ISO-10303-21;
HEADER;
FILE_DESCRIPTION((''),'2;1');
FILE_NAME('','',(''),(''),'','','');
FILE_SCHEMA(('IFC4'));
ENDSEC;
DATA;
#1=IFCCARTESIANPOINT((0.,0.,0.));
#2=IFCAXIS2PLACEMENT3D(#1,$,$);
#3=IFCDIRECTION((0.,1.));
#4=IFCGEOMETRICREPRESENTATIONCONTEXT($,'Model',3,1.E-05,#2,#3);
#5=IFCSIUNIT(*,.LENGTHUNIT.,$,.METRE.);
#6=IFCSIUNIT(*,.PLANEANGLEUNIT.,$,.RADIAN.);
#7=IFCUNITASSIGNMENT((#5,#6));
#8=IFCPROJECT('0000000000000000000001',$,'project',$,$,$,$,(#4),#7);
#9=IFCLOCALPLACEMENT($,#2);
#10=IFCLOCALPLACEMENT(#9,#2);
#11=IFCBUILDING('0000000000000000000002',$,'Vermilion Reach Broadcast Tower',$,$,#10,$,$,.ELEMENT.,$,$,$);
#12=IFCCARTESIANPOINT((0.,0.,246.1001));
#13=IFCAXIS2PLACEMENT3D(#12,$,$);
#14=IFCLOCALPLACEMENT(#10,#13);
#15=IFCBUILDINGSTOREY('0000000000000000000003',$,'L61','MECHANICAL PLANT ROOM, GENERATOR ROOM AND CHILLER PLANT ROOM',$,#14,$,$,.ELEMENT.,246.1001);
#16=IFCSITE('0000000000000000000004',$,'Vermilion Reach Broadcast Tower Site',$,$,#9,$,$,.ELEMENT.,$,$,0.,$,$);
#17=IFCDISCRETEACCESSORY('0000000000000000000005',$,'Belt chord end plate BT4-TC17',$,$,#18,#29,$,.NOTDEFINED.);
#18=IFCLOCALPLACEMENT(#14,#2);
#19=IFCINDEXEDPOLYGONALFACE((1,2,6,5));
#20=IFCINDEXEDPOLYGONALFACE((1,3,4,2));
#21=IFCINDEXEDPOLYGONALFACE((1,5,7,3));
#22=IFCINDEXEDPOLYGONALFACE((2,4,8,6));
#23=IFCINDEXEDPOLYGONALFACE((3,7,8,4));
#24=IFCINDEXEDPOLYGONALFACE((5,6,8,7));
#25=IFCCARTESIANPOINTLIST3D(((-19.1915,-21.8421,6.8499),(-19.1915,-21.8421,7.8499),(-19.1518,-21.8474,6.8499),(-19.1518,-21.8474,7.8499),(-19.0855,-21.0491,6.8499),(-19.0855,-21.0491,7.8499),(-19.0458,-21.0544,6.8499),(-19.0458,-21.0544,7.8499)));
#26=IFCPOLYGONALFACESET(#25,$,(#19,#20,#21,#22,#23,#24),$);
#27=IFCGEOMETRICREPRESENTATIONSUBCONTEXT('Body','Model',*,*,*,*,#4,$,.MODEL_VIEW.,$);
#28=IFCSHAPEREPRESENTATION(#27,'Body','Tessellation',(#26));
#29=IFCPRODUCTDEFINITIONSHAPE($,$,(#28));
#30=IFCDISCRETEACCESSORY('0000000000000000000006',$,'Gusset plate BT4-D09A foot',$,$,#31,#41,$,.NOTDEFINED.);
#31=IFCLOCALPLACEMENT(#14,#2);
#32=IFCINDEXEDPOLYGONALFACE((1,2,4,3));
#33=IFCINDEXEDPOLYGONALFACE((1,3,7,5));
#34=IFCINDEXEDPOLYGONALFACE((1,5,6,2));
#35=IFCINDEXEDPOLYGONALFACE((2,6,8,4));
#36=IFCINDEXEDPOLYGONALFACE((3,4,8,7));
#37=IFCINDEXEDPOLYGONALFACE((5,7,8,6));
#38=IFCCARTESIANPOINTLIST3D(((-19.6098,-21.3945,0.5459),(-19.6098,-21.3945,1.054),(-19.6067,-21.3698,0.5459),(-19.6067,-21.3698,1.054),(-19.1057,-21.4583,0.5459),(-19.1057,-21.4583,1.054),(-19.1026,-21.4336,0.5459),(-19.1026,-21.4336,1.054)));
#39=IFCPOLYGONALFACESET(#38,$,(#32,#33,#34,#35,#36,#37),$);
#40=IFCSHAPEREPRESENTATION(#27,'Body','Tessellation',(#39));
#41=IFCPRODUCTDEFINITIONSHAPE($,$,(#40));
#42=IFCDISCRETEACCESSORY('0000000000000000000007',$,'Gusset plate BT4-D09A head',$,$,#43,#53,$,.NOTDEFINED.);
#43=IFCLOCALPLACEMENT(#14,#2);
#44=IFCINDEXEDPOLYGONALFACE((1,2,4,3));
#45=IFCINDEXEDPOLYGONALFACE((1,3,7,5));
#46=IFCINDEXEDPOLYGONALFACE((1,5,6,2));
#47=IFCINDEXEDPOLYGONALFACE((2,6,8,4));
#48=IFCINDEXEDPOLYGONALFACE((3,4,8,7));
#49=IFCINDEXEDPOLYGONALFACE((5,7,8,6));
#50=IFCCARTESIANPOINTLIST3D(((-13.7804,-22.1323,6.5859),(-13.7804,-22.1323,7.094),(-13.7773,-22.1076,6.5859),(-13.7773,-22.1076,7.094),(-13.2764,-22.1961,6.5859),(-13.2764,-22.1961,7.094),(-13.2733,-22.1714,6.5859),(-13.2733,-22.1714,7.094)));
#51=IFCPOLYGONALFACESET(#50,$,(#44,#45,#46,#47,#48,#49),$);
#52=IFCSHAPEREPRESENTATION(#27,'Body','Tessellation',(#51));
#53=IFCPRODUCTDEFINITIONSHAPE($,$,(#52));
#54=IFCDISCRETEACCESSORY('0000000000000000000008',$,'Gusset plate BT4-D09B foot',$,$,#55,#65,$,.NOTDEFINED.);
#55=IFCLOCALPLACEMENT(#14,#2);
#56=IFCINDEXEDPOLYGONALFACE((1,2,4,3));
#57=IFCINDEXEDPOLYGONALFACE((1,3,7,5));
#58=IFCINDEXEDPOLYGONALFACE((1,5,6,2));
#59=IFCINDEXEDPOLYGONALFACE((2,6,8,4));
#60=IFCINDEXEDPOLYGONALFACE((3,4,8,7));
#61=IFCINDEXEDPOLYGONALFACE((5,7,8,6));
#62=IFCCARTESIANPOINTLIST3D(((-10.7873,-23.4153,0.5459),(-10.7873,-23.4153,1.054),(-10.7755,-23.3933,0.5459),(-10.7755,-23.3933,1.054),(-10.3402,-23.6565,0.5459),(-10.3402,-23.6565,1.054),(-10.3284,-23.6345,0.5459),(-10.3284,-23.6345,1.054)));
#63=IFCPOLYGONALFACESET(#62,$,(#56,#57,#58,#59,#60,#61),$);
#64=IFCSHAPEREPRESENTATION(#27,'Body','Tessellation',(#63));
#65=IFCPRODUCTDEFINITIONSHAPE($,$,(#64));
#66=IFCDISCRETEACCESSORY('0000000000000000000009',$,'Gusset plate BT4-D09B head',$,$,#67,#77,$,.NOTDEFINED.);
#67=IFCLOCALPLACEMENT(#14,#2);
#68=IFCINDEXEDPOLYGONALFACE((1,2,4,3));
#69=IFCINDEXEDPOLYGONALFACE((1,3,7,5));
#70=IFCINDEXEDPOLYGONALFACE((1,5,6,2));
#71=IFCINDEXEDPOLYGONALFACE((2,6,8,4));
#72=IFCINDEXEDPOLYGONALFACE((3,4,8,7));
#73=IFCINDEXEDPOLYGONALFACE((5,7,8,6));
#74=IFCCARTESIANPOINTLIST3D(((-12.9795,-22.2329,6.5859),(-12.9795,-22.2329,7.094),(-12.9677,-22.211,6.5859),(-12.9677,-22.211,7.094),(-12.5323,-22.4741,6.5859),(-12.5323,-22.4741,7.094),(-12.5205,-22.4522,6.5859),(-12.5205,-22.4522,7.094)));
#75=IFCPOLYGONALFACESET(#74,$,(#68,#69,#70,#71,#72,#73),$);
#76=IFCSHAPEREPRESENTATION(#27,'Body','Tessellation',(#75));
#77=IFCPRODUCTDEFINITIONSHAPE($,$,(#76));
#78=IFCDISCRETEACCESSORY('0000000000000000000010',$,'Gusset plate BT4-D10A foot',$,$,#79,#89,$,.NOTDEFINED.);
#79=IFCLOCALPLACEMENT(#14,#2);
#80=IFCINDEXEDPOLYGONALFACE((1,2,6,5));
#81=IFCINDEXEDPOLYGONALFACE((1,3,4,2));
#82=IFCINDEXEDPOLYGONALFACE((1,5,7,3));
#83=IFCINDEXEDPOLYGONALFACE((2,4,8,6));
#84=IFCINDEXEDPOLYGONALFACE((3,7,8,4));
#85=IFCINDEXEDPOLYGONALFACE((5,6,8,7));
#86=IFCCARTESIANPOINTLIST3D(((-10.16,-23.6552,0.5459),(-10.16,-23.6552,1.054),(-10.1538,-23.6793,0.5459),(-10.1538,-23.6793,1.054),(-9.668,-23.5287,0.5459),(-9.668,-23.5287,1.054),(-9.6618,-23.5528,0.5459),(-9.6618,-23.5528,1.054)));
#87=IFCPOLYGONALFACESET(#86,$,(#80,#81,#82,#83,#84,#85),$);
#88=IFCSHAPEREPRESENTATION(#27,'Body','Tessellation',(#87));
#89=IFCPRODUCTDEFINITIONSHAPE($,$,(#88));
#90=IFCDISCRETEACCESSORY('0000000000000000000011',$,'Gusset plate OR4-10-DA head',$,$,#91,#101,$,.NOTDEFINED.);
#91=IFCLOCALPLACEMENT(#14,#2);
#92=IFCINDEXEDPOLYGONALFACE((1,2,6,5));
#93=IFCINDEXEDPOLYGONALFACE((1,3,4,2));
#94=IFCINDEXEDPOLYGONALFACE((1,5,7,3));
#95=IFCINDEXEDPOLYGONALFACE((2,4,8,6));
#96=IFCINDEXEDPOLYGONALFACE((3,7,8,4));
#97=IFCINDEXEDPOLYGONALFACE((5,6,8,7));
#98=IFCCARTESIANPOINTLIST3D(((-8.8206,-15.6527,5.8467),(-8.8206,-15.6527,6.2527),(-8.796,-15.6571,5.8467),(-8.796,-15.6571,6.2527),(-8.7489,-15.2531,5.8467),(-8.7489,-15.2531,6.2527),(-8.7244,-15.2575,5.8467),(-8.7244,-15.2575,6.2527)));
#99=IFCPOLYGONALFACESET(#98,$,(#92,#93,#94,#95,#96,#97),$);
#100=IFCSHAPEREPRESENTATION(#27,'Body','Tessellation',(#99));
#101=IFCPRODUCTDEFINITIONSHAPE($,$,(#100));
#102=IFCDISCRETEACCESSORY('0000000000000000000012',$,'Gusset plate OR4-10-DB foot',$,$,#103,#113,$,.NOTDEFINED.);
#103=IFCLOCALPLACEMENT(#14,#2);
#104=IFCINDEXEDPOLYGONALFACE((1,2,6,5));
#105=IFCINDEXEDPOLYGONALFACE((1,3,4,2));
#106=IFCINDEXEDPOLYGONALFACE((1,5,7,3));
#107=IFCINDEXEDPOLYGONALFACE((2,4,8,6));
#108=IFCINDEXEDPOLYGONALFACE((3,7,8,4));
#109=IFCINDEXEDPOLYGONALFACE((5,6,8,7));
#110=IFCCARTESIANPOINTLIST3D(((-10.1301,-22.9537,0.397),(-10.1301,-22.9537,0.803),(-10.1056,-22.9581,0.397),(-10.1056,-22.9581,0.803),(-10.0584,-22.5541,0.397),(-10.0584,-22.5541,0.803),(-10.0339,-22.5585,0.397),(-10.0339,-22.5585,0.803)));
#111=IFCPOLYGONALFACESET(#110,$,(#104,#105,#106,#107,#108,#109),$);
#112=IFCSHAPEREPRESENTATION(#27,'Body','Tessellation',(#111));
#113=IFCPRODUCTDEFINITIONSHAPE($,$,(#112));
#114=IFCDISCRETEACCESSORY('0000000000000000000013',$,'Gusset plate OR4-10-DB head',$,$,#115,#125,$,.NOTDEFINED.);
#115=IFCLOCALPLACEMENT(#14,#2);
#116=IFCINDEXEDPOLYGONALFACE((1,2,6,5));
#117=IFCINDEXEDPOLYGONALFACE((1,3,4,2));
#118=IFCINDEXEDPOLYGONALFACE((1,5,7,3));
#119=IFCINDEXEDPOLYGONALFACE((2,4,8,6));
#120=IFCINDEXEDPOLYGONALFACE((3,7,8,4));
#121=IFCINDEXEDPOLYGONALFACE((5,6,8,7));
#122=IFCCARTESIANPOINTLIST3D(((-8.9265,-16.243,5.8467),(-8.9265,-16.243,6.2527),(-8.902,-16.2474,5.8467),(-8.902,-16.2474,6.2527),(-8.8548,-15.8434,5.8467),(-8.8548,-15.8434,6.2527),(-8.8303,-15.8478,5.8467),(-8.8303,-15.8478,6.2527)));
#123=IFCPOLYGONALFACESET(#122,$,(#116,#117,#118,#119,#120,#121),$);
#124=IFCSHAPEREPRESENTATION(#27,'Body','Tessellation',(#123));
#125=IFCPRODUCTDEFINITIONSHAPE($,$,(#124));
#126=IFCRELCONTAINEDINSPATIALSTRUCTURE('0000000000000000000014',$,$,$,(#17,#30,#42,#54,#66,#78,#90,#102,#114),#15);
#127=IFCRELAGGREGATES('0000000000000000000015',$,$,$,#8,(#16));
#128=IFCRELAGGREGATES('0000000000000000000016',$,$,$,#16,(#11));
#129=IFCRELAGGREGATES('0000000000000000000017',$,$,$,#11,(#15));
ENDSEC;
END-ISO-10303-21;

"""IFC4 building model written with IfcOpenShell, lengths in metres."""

from ifc_helpers import new_model, si_unit, direction, frame, origin, origin_2d, place, context, subcontext, project, spatial, rectangle, extrude, element, save


model = new_model("IFC4")

# Units and contexts
model_context = context("Model", 3, precision=1e-05, world=origin(), true_north=direction((0.0, 1.0)))
body_context = subcontext(model_context, "Body", "Model", "MODEL_VIEW")
ifc_project = project(units=[si_unit("LENGTHUNIT", "METRE"), si_unit("PLANEANGLEUNIT", "RADIAN")], contexts=[model_context])

# Site, building, storey
site_placement = place(None, origin())
site = spatial("IfcSite", under=ifc_project, at=site_placement, Name="Vermilion Reach Broadcast Tower Site", CompositionType="ELEMENT", RefElevation=0.0)
building_placement = place(site_placement, origin())
building = spatial("IfcBuilding", under=site, at=building_placement, Name="Vermilion Reach Broadcast Tower", CompositionType="ELEMENT")
storey_placement = place(building_placement, frame((0.0, 0.0, 246.1001)))
storey = spatial("IfcBuildingStorey", under=building, at=storey_placement, Name="L61", Description="MECHANICAL PLANT ROOM, GENERATOR ROOM AND CHILLER PLANT ROOM", CompositionType="ELEMENT", Elevation=246.1001)

# Discrete accessories
discrete_accessory_placement = place(storey_placement, frame((-19.1187, -21.4482, 6.8499), z_axis=(0.0, 0.0, 1.0), x_axis=(-0.991193, 0.132428, 0.0)))
element("IfcDiscreteAccessory", 1, at=discrete_accessory_placement, inside=storey, Name="Belt chord end plate BT4-TC17", PredefinedType="NOTDEFINED", context=body_context, shape_type="SweptSolid", body=[
    extrude(rectangle(XDim=0.04, YDim=0.8, at=origin_2d()), origin(), (0.0, 0.0, 1.0), 1.0),
])
for number, where, z_axis, x_axis, name in (
    (2, (-19.3562, -21.4141, 0.5459), (0.0, 0.0, 1.0), (0.125564, 0.992086, 0.0), "Gusset plate BT4-D09A foot"),
    (3, (-13.5269, -22.1519, 6.5859), (0.0, 0.0, 1.0), (0.125564, 0.992086, 0.0), "Gusset plate BT4-D09A head"),
    (4, (-10.5579, -23.5249, 0.5459), (0.0, 0.0, 1.0), (-0.474735, -0.880129, 0.0), "Gusset plate BT4-D09B foot"),
    (5, (-12.75, -22.3425, 6.5859), (0.0, 0.0, 1.0), (-0.474735, -0.880129, 0.0), "Gusset plate BT4-D09B head"),
    (6, (-9.9109, -23.604, 0.5459), (0.0, 0.0, 1.0), (-0.248884, 0.968533, 0.0), "Gusset plate BT4-D10A foot"),
):
    element("IfcDiscreteAccessory", number, at=place(storey_placement, frame(where, z_axis=z_axis, x_axis=x_axis)), inside=storey, Name=name, PredefinedType="NOTDEFINED", context=body_context, shape_type="SweptSolid", body=[
        extrude(rectangle(XDim=0.0249, YDim=0.5081, at=origin_2d()), origin(), (0.0, 0.0, 1.0), 0.5081),
    ])
for number, where, z_axis, x_axis, name in (
    (7, (-8.7725, -15.4551, 5.8467), (0.0, 0.0, 1.0), (0.984288, -0.176569, 0.0), "Gusset plate OR4-10-DA head"),
    (8, (-10.082, -22.7561, 0.397), (0.0, 0.0, 1.0), (0.984288, -0.176569, 0.0), "Gusset plate OR4-10-DB foot"),
    (9, (-8.8784, -16.0454, 5.8467), (0.0, 0.0, 1.0), (0.984288, -0.176569, 0.0), "Gusset plate OR4-10-DB head"),
):
    element("IfcDiscreteAccessory", number, at=place(storey_placement, frame(where, z_axis=z_axis, x_axis=x_axis)), inside=storey, Name=name, PredefinedType="NOTDEFINED", context=body_context, shape_type="SweptSolid", body=[
        extrude(rectangle(XDim=0.0249, YDim=0.406, at=origin_2d()), origin(), (0.0, 0.0, 1.0), 0.406),
    ])

save(model, "model.ifc")
